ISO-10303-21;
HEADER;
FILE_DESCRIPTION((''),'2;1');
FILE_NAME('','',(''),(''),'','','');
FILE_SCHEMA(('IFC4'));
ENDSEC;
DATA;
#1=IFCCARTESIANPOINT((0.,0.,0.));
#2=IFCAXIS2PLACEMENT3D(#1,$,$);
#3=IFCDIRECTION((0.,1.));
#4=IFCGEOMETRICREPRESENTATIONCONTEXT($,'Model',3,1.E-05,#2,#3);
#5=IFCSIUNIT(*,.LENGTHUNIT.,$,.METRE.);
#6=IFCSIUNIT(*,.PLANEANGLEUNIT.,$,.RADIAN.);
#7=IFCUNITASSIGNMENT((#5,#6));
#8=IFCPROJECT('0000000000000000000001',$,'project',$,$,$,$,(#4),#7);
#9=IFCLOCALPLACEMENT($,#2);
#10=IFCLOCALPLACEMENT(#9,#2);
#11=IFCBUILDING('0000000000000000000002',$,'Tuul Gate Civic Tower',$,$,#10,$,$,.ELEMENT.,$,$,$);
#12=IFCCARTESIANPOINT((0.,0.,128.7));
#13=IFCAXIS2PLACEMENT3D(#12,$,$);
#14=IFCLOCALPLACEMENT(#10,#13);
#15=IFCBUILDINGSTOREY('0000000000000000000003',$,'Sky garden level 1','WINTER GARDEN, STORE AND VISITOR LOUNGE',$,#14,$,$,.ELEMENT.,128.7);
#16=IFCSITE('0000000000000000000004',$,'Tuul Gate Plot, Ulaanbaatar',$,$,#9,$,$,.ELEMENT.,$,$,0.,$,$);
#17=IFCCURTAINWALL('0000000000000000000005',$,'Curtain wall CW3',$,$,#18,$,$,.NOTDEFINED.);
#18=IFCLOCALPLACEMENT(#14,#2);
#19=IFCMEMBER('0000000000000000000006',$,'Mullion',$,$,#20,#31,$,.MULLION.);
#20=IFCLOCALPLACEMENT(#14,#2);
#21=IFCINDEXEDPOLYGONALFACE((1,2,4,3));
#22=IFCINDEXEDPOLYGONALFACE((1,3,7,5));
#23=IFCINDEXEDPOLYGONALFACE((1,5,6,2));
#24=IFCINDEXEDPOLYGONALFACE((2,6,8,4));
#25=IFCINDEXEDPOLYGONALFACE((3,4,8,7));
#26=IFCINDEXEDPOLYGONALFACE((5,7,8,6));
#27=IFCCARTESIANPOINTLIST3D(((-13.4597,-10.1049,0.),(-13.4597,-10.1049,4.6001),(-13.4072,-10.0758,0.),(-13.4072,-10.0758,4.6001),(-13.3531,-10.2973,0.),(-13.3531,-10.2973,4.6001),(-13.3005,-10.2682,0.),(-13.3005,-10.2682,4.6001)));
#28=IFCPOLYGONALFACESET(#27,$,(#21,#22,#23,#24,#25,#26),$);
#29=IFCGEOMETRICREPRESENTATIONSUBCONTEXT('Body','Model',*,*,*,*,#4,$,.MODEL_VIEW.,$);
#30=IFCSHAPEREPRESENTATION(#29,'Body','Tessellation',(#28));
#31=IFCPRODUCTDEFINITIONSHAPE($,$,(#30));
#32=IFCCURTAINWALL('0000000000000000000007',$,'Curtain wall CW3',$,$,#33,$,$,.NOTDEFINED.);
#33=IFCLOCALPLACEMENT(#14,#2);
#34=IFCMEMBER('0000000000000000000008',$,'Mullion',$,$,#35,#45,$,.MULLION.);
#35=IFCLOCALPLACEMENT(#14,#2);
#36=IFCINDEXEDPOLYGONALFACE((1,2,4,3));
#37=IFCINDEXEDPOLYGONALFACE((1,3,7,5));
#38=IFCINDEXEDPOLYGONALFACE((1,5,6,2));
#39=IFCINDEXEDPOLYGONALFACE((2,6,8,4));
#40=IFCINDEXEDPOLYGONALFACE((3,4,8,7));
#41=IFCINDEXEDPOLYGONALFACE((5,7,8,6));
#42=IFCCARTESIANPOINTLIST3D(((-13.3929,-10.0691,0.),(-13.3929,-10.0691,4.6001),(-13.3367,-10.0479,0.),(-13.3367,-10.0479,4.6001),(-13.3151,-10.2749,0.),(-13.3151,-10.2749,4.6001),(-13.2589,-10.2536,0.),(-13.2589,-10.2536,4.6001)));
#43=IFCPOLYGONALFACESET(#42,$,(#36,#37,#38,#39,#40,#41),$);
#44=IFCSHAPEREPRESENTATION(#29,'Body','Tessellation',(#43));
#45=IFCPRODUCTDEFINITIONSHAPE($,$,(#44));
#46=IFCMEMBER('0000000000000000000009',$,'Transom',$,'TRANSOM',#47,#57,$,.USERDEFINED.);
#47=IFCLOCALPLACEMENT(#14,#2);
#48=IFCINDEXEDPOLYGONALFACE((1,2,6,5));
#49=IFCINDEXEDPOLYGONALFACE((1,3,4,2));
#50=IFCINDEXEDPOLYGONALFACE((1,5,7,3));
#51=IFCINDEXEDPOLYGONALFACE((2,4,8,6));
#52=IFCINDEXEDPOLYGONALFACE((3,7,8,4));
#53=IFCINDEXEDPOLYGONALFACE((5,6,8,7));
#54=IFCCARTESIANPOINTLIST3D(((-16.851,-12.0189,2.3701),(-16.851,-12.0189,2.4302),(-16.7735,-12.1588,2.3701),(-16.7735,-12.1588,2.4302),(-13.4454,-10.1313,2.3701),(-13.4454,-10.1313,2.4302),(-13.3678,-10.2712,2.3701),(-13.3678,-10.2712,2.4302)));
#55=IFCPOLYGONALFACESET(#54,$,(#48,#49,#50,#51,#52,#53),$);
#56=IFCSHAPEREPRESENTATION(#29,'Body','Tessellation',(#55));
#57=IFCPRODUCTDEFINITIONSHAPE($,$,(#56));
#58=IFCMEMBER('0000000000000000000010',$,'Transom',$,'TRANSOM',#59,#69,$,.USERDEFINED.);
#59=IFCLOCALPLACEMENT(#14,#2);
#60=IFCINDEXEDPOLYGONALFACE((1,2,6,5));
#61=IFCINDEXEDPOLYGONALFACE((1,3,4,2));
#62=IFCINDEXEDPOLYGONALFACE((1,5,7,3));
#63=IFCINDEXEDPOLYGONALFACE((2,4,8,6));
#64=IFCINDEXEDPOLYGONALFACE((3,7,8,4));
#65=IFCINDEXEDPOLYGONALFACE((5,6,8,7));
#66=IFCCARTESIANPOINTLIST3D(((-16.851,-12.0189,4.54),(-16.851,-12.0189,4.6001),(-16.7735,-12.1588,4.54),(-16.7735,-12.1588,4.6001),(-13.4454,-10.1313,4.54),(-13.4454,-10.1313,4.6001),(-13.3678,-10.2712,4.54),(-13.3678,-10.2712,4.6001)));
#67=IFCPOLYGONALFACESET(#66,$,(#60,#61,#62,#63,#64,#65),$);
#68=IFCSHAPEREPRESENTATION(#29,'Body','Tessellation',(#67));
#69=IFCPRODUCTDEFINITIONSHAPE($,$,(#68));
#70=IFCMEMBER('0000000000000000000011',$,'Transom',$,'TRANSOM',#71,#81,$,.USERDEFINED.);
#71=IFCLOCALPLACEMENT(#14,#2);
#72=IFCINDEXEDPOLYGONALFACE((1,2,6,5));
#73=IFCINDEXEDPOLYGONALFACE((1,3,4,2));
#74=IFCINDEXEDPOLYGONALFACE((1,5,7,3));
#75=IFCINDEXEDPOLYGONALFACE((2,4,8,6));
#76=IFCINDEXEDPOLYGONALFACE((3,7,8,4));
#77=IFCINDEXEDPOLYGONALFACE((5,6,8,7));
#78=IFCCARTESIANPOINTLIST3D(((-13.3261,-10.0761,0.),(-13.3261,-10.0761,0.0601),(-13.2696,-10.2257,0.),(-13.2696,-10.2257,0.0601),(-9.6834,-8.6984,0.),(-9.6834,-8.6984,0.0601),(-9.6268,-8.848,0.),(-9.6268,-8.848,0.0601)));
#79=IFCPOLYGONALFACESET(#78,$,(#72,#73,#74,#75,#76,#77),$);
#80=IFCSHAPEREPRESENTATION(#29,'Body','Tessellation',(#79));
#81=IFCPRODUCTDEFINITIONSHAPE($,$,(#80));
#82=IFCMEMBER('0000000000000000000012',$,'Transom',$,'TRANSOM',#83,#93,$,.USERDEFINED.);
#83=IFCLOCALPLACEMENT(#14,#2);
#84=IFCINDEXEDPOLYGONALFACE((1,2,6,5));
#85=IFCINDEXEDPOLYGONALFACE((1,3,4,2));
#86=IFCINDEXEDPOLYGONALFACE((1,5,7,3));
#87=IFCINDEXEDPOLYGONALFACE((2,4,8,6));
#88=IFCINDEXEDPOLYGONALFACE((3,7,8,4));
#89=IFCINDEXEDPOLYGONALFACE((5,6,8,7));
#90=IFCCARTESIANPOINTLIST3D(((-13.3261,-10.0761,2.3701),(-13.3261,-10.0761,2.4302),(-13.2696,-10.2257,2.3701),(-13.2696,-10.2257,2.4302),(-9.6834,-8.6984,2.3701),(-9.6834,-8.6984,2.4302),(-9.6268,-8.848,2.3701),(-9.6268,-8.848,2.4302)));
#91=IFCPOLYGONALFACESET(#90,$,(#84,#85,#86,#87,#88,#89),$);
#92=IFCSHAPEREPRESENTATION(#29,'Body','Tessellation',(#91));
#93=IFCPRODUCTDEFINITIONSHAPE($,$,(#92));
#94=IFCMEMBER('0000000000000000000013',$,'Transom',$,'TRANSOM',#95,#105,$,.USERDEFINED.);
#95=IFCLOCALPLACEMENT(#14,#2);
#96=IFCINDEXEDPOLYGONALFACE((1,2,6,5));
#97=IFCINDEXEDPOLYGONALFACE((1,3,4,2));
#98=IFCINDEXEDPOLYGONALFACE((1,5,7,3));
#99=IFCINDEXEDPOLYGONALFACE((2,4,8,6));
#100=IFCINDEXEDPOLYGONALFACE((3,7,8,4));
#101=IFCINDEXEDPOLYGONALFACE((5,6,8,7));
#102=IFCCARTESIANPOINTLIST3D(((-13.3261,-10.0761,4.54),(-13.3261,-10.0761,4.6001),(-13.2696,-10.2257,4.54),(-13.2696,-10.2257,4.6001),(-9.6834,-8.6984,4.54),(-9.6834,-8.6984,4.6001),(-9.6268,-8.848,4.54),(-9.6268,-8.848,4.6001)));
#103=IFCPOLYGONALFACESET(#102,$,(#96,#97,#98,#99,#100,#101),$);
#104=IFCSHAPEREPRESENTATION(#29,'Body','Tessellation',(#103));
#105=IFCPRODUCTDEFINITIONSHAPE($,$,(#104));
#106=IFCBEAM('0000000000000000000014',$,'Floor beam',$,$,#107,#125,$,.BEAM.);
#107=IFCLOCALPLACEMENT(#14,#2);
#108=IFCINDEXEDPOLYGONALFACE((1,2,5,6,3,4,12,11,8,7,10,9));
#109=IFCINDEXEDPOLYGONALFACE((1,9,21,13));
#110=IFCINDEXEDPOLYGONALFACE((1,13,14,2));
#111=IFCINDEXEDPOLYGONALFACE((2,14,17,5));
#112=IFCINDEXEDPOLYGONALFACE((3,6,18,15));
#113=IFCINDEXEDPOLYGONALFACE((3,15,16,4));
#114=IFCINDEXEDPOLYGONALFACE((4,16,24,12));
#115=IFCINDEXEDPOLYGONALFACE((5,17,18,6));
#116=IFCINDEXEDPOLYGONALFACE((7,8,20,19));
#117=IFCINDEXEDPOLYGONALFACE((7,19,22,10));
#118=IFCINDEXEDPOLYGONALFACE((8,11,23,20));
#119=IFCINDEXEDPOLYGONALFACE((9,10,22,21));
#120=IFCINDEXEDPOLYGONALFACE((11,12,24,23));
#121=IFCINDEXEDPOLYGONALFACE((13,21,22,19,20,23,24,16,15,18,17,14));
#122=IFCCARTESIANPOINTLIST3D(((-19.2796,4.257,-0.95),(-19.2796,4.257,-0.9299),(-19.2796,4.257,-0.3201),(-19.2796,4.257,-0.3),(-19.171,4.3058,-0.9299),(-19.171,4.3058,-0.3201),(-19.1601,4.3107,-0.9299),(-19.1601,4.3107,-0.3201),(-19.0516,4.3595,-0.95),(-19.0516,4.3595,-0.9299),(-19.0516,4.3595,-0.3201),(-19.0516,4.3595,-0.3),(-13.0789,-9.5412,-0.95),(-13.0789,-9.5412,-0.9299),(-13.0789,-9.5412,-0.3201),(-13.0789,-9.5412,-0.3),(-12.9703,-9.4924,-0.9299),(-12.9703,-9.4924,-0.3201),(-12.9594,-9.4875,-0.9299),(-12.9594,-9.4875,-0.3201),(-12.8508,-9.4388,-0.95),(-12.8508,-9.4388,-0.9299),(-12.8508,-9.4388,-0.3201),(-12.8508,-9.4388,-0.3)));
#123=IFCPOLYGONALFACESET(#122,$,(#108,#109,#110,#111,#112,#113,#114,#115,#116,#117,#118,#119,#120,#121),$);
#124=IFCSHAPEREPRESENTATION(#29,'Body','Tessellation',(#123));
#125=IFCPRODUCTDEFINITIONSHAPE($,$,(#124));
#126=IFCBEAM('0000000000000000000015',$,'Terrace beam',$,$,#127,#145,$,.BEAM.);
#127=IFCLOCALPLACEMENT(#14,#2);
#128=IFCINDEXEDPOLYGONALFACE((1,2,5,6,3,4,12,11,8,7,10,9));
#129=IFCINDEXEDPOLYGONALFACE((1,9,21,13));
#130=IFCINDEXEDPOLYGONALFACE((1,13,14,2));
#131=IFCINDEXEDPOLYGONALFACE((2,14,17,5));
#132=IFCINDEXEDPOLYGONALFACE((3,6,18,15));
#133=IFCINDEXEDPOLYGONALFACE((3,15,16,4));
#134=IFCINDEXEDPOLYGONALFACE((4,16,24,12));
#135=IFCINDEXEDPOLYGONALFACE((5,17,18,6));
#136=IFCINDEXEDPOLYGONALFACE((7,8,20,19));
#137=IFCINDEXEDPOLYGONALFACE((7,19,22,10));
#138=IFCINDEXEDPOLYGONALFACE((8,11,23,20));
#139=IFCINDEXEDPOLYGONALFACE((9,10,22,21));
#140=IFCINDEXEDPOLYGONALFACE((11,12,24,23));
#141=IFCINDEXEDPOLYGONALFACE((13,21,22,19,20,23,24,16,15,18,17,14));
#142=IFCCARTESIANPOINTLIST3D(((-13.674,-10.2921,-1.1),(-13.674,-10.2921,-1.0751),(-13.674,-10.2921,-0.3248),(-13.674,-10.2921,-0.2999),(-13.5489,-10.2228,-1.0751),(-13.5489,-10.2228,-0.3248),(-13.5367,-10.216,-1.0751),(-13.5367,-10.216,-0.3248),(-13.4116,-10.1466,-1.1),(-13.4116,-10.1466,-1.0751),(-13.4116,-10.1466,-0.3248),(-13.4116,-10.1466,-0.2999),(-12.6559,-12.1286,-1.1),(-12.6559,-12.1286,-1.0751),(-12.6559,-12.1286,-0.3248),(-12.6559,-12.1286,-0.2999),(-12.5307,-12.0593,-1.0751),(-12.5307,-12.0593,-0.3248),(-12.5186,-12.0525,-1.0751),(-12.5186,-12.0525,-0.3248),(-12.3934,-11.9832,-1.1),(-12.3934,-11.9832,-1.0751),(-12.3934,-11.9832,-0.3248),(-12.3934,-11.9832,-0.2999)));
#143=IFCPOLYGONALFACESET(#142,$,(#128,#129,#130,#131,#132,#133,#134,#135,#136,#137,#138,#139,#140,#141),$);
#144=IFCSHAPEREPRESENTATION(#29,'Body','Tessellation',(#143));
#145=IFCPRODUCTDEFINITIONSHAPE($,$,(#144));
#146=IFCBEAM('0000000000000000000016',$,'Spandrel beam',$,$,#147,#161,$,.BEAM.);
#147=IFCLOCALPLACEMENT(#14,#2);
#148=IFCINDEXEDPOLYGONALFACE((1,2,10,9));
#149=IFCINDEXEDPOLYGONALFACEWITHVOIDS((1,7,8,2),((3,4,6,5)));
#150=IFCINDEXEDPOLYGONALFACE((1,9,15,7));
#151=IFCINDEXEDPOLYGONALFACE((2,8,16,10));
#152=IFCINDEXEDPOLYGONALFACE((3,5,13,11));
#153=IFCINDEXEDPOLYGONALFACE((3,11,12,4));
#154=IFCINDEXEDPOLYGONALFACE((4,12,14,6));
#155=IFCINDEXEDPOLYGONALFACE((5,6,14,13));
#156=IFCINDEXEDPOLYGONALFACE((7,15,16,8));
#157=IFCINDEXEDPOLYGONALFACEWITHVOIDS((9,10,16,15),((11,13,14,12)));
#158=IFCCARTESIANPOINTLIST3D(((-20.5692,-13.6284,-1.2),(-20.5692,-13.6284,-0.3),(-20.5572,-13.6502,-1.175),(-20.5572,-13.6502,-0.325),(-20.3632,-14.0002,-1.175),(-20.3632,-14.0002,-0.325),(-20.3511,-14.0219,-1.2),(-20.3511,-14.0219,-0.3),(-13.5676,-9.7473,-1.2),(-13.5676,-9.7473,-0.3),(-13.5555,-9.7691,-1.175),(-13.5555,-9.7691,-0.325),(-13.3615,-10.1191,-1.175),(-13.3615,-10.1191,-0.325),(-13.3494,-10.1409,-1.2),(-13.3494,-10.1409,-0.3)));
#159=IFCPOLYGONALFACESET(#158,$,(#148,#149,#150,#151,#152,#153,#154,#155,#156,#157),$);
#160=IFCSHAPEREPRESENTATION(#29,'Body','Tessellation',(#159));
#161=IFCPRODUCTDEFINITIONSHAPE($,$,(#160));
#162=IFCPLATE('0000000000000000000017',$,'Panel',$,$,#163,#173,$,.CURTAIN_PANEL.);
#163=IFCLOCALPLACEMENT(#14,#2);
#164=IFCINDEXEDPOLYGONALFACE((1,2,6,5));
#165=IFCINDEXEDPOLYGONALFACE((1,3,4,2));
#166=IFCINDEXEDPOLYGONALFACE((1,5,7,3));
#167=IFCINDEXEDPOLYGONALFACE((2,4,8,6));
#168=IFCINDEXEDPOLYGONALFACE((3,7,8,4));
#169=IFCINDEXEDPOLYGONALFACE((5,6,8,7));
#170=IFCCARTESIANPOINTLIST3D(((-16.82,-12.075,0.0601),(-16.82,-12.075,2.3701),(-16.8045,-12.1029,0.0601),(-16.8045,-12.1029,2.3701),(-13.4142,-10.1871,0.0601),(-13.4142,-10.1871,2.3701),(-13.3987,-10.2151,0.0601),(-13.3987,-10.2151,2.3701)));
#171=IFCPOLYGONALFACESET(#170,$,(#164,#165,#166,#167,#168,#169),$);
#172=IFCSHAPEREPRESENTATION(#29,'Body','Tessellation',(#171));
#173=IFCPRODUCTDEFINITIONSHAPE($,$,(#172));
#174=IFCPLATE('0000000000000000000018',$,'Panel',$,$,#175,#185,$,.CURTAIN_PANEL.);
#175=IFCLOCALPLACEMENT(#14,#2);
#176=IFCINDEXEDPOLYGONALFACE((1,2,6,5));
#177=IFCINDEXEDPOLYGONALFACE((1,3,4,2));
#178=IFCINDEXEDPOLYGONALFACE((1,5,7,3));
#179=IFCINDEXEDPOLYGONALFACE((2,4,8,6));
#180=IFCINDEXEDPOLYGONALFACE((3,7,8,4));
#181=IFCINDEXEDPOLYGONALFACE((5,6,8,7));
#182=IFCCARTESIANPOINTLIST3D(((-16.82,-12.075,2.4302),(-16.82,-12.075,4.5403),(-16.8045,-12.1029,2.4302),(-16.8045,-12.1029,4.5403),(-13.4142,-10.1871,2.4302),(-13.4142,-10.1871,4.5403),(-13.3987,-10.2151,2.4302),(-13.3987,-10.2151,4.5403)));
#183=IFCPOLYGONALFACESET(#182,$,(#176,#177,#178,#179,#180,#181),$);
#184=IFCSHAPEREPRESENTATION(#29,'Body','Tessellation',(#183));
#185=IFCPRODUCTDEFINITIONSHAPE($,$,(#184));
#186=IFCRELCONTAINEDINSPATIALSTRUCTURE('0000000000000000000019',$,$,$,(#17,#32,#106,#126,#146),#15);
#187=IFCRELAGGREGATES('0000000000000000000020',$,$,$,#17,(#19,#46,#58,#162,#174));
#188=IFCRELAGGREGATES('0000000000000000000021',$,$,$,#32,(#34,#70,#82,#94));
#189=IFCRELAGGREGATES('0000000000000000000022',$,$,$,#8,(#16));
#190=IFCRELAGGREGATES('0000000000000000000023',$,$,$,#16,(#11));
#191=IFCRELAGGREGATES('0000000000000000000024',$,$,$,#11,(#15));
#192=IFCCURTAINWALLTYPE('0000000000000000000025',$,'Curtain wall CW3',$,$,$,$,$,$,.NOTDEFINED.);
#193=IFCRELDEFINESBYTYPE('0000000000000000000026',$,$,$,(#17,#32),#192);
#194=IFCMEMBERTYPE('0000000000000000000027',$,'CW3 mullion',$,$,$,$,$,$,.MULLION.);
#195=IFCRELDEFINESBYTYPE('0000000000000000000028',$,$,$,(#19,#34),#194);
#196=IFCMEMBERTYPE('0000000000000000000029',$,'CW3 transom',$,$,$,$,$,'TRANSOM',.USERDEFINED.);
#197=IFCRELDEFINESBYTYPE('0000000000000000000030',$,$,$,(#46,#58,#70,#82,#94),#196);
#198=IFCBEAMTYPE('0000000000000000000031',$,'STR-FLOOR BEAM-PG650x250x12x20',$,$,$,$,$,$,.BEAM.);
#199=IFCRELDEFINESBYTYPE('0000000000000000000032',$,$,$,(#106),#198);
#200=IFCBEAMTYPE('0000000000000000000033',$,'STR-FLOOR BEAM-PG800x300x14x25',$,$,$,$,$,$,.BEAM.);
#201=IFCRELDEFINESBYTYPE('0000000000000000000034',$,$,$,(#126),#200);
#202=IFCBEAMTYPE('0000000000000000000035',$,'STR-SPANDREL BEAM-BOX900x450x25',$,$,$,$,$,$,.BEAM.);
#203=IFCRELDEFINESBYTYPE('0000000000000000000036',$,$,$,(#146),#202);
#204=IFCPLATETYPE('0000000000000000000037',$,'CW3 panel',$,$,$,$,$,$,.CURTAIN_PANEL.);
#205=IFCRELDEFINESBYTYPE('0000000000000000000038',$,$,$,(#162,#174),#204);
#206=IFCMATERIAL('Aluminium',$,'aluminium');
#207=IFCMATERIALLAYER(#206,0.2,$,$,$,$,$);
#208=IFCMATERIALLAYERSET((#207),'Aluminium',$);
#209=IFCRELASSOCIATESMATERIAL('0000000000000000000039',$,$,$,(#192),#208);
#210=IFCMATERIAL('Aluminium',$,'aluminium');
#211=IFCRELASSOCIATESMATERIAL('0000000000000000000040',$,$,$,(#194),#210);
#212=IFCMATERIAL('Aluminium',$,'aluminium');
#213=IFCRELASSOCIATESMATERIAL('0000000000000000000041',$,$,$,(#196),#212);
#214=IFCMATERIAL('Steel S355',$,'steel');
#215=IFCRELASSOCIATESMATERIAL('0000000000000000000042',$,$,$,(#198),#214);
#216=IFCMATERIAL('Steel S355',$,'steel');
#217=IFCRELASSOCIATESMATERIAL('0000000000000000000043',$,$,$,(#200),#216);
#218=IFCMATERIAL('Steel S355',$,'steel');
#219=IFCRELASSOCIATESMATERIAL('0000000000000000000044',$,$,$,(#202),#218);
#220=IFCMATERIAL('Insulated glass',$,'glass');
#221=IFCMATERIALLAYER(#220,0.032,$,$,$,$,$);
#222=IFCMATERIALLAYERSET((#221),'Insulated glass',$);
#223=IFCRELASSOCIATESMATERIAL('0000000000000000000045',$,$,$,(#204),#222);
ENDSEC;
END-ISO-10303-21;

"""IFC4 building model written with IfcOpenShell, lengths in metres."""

from ifc_helpers import new_model, si_unit, direction, frame, origin, origin_2d, place, context, subcontext, project, spatial, rectangle, hollow_rectangle, i_section, extrude, material, layer, layer_set, material_profile, profile_set, type_object, element, aggregate, save


model = new_model("IFC4")

# Units and contexts
model_context = context("Model", 3, precision=1e-05, world=origin(), true_north=direction((0.0, 1.0)))
body_context = subcontext(model_context, "Body", "Model", "MODEL_VIEW")
ifc_project = project(units=[si_unit("LENGTHUNIT", "METRE"), si_unit("PLANEANGLEUNIT", "RADIAN")], contexts=[model_context])

# Site, building, storey
site_placement = place(None, origin())
site = spatial("IfcSite", under=ifc_project, at=site_placement, Name="Tuul Gate Plot, Ulaanbaatar", CompositionType="ELEMENT", RefElevation=0.0)
building_placement = place(site_placement, origin())
building = spatial("IfcBuilding", under=site, at=building_placement, Name="Tuul Gate Civic Tower", CompositionType="ELEMENT")
storey_placement = place(building_placement, frame((0.0, 0.0, 128.7)))
storey = spatial("IfcBuildingStorey", under=building, at=storey_placement, Name="Sky garden level 1", Description="WINTER GARDEN, STORE AND VISITOR LOUNGE", CompositionType="ELEMENT", Elevation=128.7)

# Curtain walls, members
ifc_material_1 = material(Name="Aluminium", Category="aluminium")
ifc_layer_1 = layer(ifc_material_1, 0.2)
ifc_layer_set_1 = layer_set([ifc_layer_1], Name="Aluminium")
curtain_wall_type = type_object("IfcCurtainWallType", Name="Curtain wall CW3", PredefinedType="NOTDEFINED", material=ifc_layer_set_1)
curtain_wall_1_placement = place(storey_placement, origin())
curtain_wall_1 = element("IfcCurtainWall", 1, at=curtain_wall_1_placement, inside=storey, type_object=curtain_wall_type, Name="Curtain wall CW3", PredefinedType="NOTDEFINED")
ifc_material_2 = material(Name="Aluminium", Category="aluminium")
ifc_material_profile_1 = material_profile(ifc_material_2, rectangle(XDim=0.22, YDim=0.0601, at=origin_2d()), Name="CW3 mullion")
ifc_profile_set_1 = profile_set([ifc_material_profile_1], Name="Aluminium")
member_type_1 = type_object("IfcMemberType", Name="CW3 mullion", PredefinedType="MULLION", material=ifc_profile_set_1)
member_1_placement = place(storey_placement, frame((-13.3801, -10.1865, 0.0), z_axis=(0.0, 0.0, 1.0), x_axis=(-0.484812, 0.874619, 0.0)))
member_1 = element("IfcMember", 2, at=member_1_placement, type_object=member_type_1, Name="Mullion", PredefinedType="MULLION", context=body_context, shape_type="SweptSolid", body=[
    extrude(rectangle(XDim=0.22, YDim=0.0601, at=origin_2d()), origin(), (0.0, 0.0, 1.0), 4.6001),
])
curtain_wall_2_placement = place(storey_placement, origin())
curtain_wall_2 = element("IfcCurtainWall", 3, at=curtain_wall_2_placement, inside=storey, type_object=curtain_wall_type, Name="Curtain wall CW3", PredefinedType="NOTDEFINED")
member_2_placement = place(storey_placement, frame((-13.3259, -10.1614, 0.0), z_axis=(0.0, 0.0, 1.0), x_axis=(-0.353735, 0.935346, 0.0)))
member_2 = element("IfcMember", 4, at=member_2_placement, type_object=member_type_1, Name="Mullion", PredefinedType="MULLION", context=body_context, shape_type="SweptSolid", body=[
    extrude(rectangle(XDim=0.22, YDim=0.0601, at=origin_2d()), origin(), (0.0, 0.0, 1.0), 4.6001),
])

# Members
ifc_material_3 = material(Name="Aluminium", Category="aluminium")
ifc_material_profile_2 = material_profile(ifc_material_3, rectangle(XDim=0.1599, YDim=0.0601, at=origin_2d()), Name="CW3 transom")
ifc_profile_set_2 = profile_set([ifc_material_profile_2], Name="Aluminium")
member_type_2 = type_object("IfcMemberType", Name="CW3 transom", ElementType="TRANSOM", PredefinedType="USERDEFINED", material=ifc_profile_set_2)
member_3_placement = place(storey_placement, frame((-16.8123, -12.0889, 2.4001), z_axis=(0.874636, 0.48478, 0.0), x_axis=(-0.48478, 0.874636, 0.0)))
member_3 = element("IfcMember", 5, at=member_3_placement, type_object=member_type_2, Name="Transom", ObjectType="TRANSOM", PredefinedType="USERDEFINED", context=body_context, shape_type="SweptSolid", body=[
    extrude(rectangle(XDim=0.1599, YDim=0.0601, at=origin_2d()), origin(), (0.0, 0.0, 1.0), 3.8938),
])
member_4_placement = place(storey_placement, frame((-16.8123, -12.0889, 4.5701), z_axis=(0.874636, 0.48478, 0.0), x_axis=(-0.48478, 0.874636, 0.0)))
member_4 = element("IfcMember", 6, at=member_4_placement, type_object=member_type_2, Name="Transom", ObjectType="TRANSOM", PredefinedType="USERDEFINED", context=body_context, shape_type="SweptSolid", body=[
    extrude(rectangle(XDim=0.1599, YDim=0.0601, at=origin_2d()), origin(), (0.0, 0.0, 1.0), 3.8938),
])
member_5_placement = place(storey_placement, frame((-13.2979, -10.1509, 0.03), z_axis=(0.935344, 0.353739, 0.0), x_axis=(-0.353739, 0.935344, 0.0)))
member_5 = element("IfcMember", 7, at=member_5_placement, type_object=member_type_2, Name="Transom", ObjectType="TRANSOM", PredefinedType="USERDEFINED", context=body_context, shape_type="SweptSolid", body=[
    extrude(rectangle(XDim=0.1599, YDim=0.0601, at=origin_2d()), origin(), (0.0, 0.0, 1.0), 3.8945),
])
member_6_placement = place(storey_placement, frame((-13.2979, -10.1509, 2.4001), z_axis=(0.935344, 0.353739, 0.0), x_axis=(-0.353739, 0.935344, 0.0)))
member_6 = element("IfcMember", 8, at=member_6_placement, type_object=member_type_2, Name="Transom", ObjectType="TRANSOM", PredefinedType="USERDEFINED", context=body_context, shape_type="SweptSolid", body=[
    extrude(rectangle(XDim=0.1599, YDim=0.0601, at=origin_2d()), origin(), (0.0, 0.0, 1.0), 3.8945),
])
member_7_placement = place(storey_placement, frame((-13.2979, -10.1509, 4.5701), z_axis=(0.935344, 0.353739, 0.0), x_axis=(-0.353739, 0.935344, 0.0)))
member_7 = element("IfcMember", 9, at=member_7_placement, type_object=member_type_2, Name="Transom", ObjectType="TRANSOM", PredefinedType="USERDEFINED", context=body_context, shape_type="SweptSolid", body=[
    extrude(rectangle(XDim=0.1599, YDim=0.0601, at=origin_2d()), origin(), (0.0, 0.0, 1.0), 3.8945),
])

# Beams
ifc_material_4 = material(Name="Steel S355", Category="steel")
ifc_material_profile_3 = material_profile(ifc_material_4, i_section(OverallWidth=0.25, OverallDepth=0.6499, WebThickness=0.012, FlangeThickness=0.02, at=origin_2d()), Name="PG650x250x12x20")
ifc_profile_set_3 = profile_set([ifc_material_profile_3], Name="Steel S355")
beam_type_1 = type_object("IfcBeamType", Name="STR-FLOOR BEAM-PG650x250x12x20", PredefinedType="BEAM", material=ifc_profile_set_3)
beam_1_placement = place(storey_placement, frame((-12.9648, -9.49, -0.625), z_axis=(-0.4099, 0.912131, 0.0), x_axis=(-0.912131, -0.4099, 0.0)))
element("IfcBeam", 10, at=beam_1_placement, inside=storey, type_object=beam_type_1, Name="Floor beam", PredefinedType="BEAM", context=body_context, shape_type="SweptSolid", body=[
    extrude(i_section(OverallWidth=0.25, OverallDepth=0.6499, WebThickness=0.012, FlangeThickness=0.02, at=origin_2d()), origin(), (0.0, 0.0, 1.0), 15.1274),
])
ifc_material_5 = material(Name="Steel S355", Category="steel")
ifc_material_profile_4 = material_profile(ifc_material_5, i_section(OverallWidth=0.3, OverallDepth=0.8, WebThickness=0.0139, FlangeThickness=0.0249, at=origin_2d()), Name="PG800x300x14x25")
ifc_profile_set_4 = profile_set([ifc_material_profile_4], Name="Steel S355")
beam_type_2 = type_object("IfcBeamType", Name="STR-FLOOR BEAM-PG800x300x14x25", PredefinedType="BEAM", material=ifc_profile_set_4)
beam_2_placement = place(storey_placement, frame((-12.5247, -12.0559, -0.7), z_axis=(-0.484853, 0.874596, 0.0), x_axis=(-0.874596, -0.484853, 0.0)))
element("IfcBeam", 11, at=beam_2_placement, inside=storey, type_object=beam_type_2, Name="Terrace beam", PredefinedType="BEAM", context=body_context, shape_type="SweptSolid", body=[
    extrude(i_section(OverallWidth=0.3, OverallDepth=0.8, WebThickness=0.0139, FlangeThickness=0.0249, at=origin_2d()), origin(), (0.0, 0.0, 1.0), 2.0999),
])
ifc_material_6 = material(Name="Steel S355", Category="steel")
ifc_material_profile_5 = material_profile(ifc_material_6, hollow_rectangle(XDim=0.45, YDim=0.8999, WallThickness=0.0249, at=origin_2d()), Name="BOX900x450x25")
ifc_profile_set_5 = profile_set([ifc_material_profile_5], Name="Steel S355")
beam_type_3 = type_object("IfcBeamType", Name="STR-SPANDREL BEAM-BOX900x450x25", PredefinedType="BEAM", material=ifc_profile_set_5)
beam_3_placement = place(storey_placement, frame((-13.4585, -9.9441, -0.75), z_axis=(-0.87462, -0.484809, 0.0), x_axis=(0.484809, -0.87462, 0.0)))
element("IfcBeam", 12, at=beam_3_placement, inside=storey, type_object=beam_type_3, Name="Spandrel beam", PredefinedType="BEAM", context=body_context, shape_type="SweptSolid", body=[
    extrude(hollow_rectangle(XDim=0.45, YDim=0.8999, WallThickness=0.0249, at=origin_2d()), origin(), (0.0, 0.0, 1.0), 8.0054),
])

# Plates
ifc_material_7 = material(Name="Insulated glass", Category="glass")
ifc_layer_2 = layer(ifc_material_7, 0.032)
ifc_layer_set_2 = layer_set([ifc_layer_2], Name="Insulated glass")
plate_type = type_object("IfcPlateType", Name="CW3 panel", PredefinedType="CURTAIN_PANEL", material=ifc_layer_set_2)
plate_1_placement = place(storey_placement, frame((-15.1094, -11.145, 0.0601), z_axis=(0.0, 0.0, 1.0), x_axis=(0.874619, 0.484812, 0.0)))
plate_1 = element("IfcPlate", 13, at=plate_1_placement, type_object=plate_type, Name="Panel", PredefinedType="CURTAIN_PANEL", context=body_context, shape_type="SweptSolid", body=[
    extrude(rectangle(XDim=3.894, YDim=0.032, at=origin_2d()), origin(), (0.0, 0.0, 1.0), 2.3101),
])
plate_2_placement = place(storey_placement, frame((-15.1094, -11.145, 2.4302), z_axis=(0.0, 0.0, 1.0), x_axis=(0.874619, 0.484812, 0.0)))
plate_2 = element("IfcPlate", 14, at=plate_2_placement, type_object=plate_type, Name="Panel", PredefinedType="CURTAIN_PANEL", context=body_context, shape_type="SweptSolid", body=[
    extrude(rectangle(XDim=3.894, YDim=0.032, at=origin_2d()), origin(), (0.0, 0.0, 1.0), 2.1101),
])
aggregate(curtain_wall_1, [member_1, member_3, member_4, plate_1, plate_2])
aggregate(curtain_wall_2, [member_2, member_5, member_6, member_7])

save(model, "model.ifc")
